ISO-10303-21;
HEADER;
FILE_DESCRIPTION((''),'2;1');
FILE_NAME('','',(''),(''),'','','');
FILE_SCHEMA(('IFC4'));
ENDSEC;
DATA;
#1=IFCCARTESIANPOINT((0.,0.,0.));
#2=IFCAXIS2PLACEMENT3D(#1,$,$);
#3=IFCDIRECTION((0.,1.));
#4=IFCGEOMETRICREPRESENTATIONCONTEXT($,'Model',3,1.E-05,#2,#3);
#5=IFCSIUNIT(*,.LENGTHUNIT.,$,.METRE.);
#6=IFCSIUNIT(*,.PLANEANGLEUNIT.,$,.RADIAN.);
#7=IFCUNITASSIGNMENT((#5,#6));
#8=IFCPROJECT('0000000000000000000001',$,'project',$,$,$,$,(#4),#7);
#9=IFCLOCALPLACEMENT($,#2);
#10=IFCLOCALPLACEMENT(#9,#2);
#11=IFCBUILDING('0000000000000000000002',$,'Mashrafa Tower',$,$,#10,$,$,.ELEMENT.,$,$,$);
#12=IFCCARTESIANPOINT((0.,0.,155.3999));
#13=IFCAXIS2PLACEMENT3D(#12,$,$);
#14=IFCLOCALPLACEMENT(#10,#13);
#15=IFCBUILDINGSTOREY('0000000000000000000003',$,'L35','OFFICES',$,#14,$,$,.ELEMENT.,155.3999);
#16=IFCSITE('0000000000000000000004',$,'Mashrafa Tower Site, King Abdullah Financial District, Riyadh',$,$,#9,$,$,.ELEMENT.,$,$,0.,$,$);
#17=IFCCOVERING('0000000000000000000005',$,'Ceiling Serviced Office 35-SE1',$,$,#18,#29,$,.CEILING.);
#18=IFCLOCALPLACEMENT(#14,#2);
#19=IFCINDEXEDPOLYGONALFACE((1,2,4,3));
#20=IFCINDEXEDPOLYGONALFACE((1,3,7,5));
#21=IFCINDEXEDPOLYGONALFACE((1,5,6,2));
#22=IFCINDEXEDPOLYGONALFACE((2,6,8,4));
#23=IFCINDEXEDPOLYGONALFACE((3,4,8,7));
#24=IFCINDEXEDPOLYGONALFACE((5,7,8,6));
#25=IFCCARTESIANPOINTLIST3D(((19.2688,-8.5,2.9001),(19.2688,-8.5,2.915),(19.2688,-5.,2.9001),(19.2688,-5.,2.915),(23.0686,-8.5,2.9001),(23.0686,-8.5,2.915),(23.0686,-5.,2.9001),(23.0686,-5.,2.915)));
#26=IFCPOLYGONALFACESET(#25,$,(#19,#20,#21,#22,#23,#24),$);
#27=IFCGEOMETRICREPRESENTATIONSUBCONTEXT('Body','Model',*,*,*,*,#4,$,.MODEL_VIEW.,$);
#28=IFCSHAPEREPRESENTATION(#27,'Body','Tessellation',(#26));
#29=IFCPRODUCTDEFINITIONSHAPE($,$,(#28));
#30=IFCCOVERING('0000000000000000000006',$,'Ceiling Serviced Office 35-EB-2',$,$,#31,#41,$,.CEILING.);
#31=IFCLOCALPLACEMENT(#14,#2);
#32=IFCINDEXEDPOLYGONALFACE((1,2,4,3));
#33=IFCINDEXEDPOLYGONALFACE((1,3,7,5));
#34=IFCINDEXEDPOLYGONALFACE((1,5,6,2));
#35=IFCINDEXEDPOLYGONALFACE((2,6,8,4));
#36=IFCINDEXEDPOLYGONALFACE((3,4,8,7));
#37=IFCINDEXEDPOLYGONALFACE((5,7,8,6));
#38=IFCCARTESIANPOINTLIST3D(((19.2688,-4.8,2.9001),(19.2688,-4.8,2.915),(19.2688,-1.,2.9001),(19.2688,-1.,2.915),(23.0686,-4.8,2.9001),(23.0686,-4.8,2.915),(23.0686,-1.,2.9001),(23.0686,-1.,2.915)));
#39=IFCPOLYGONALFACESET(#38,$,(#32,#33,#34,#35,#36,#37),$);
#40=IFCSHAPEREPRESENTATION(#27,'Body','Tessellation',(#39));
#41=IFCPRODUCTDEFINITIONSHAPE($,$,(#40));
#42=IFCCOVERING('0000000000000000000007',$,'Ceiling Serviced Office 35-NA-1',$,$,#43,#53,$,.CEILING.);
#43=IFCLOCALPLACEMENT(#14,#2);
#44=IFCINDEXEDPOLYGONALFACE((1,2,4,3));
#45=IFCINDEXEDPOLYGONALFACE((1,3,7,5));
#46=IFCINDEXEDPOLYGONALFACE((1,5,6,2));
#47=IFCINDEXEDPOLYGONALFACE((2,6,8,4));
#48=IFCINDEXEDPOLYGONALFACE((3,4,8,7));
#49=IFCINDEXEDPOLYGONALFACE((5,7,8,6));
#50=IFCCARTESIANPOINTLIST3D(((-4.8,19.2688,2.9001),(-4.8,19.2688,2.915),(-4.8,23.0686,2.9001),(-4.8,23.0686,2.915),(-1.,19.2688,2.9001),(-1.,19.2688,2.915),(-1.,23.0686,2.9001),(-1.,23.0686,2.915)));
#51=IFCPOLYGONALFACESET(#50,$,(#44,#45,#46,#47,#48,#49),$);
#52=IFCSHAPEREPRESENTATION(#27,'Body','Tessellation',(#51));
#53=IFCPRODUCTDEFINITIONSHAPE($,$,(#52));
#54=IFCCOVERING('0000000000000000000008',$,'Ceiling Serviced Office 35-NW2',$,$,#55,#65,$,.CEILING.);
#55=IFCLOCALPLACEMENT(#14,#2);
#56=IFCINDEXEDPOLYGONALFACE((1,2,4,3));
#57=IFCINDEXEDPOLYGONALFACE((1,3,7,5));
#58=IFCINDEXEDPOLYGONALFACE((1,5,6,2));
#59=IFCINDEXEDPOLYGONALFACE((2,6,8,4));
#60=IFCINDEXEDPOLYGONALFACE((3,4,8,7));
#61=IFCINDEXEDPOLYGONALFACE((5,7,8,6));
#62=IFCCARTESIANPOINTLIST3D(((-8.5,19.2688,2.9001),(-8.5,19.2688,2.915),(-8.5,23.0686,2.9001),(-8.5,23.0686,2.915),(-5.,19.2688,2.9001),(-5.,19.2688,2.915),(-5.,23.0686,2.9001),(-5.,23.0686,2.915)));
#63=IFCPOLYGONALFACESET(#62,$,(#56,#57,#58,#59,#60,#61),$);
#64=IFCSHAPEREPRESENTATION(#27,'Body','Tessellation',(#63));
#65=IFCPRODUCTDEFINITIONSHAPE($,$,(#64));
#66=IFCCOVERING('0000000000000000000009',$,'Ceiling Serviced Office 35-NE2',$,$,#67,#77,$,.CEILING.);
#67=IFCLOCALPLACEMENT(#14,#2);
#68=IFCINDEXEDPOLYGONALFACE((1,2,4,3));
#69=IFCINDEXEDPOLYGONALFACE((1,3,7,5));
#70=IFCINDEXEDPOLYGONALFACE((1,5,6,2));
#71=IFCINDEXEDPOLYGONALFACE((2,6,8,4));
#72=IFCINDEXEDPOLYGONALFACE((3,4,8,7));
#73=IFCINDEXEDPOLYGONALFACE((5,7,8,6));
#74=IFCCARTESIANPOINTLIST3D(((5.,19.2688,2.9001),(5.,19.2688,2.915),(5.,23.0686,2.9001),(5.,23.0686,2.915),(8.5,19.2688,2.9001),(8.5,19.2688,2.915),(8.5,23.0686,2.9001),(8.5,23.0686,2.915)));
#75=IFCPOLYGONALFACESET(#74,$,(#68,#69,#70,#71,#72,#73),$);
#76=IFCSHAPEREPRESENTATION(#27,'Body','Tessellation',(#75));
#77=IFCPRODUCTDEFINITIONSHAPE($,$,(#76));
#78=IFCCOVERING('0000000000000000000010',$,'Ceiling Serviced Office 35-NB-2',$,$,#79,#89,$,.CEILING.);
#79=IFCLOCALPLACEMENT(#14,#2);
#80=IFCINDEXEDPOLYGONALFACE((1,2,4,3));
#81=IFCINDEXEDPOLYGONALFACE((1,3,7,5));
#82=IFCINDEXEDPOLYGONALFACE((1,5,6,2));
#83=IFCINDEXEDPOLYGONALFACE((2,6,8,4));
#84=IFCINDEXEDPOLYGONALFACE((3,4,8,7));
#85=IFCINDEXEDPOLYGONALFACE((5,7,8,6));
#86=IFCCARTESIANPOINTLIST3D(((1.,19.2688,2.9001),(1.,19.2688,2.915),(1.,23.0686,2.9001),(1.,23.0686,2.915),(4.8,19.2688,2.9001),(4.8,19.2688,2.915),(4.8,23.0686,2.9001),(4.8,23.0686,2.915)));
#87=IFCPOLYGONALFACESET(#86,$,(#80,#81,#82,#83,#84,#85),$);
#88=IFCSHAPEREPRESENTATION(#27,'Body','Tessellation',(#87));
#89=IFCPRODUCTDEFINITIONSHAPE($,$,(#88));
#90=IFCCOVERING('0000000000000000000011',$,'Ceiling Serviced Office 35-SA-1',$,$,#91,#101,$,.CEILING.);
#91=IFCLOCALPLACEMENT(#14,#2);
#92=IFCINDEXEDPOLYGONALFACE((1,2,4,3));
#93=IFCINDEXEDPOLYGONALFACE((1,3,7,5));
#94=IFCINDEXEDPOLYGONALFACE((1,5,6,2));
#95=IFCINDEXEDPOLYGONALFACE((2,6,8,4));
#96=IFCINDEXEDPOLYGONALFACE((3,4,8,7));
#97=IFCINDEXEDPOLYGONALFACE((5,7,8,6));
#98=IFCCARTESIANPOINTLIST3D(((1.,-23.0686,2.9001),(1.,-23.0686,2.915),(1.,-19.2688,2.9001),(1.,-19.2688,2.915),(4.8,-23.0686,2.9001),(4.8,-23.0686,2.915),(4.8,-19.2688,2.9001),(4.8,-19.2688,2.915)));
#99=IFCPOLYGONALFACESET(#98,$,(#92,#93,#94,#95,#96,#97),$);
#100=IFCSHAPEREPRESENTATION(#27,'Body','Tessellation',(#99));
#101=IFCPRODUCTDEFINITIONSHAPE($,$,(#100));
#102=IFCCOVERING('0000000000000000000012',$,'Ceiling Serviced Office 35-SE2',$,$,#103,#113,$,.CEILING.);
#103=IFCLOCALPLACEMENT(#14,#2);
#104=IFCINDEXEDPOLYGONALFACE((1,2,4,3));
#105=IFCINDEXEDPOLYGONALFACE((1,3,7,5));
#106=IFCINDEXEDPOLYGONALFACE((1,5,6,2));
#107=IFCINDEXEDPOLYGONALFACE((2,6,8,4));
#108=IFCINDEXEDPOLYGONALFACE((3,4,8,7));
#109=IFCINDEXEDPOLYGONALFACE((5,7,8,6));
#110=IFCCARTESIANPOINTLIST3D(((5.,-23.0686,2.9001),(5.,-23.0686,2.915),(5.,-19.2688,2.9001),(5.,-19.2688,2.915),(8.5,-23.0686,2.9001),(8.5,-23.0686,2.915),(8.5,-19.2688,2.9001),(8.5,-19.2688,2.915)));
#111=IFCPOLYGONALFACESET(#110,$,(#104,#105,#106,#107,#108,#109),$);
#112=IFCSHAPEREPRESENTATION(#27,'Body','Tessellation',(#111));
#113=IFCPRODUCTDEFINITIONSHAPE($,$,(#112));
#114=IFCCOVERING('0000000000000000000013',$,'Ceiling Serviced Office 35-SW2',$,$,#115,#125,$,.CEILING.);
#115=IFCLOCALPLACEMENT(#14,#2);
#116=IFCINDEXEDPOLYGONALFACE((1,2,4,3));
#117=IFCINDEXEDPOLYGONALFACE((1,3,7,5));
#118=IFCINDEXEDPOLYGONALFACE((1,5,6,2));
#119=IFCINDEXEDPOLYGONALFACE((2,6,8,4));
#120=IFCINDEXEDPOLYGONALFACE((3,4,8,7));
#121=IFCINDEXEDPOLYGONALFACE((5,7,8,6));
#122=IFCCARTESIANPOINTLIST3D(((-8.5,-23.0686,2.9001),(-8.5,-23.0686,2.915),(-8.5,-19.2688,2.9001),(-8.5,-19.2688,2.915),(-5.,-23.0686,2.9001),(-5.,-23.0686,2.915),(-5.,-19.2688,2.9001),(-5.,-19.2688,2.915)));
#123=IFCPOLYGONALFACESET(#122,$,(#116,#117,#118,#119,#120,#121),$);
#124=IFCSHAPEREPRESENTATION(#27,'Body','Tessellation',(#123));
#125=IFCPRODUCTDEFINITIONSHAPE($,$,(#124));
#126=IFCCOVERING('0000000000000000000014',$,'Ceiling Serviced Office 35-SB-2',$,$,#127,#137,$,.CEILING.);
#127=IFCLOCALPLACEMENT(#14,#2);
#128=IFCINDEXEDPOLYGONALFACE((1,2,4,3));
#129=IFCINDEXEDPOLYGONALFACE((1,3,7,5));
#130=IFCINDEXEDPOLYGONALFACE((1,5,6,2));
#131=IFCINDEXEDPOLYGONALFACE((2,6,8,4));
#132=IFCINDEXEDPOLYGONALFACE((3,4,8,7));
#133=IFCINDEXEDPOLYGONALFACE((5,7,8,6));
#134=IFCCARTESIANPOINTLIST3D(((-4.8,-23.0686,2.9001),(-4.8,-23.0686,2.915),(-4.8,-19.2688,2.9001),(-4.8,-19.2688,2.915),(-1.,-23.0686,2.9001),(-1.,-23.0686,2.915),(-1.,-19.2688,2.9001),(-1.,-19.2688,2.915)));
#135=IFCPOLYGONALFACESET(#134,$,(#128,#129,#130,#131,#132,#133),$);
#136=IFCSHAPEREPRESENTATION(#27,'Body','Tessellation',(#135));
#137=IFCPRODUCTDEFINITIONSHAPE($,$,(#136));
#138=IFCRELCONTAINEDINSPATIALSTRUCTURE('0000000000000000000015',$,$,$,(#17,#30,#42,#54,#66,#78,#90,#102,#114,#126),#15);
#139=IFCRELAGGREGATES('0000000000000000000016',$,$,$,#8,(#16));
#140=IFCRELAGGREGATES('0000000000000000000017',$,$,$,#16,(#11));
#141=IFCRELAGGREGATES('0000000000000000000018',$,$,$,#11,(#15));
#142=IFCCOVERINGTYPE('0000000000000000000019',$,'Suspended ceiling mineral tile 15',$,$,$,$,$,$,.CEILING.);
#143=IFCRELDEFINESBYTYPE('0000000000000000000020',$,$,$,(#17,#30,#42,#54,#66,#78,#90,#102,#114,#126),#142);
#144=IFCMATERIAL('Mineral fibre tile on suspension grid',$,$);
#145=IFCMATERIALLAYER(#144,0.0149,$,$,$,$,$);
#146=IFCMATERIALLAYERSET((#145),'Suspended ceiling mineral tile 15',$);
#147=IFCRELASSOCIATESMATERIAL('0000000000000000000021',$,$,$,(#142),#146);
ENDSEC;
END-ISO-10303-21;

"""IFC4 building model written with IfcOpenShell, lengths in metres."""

from ifc_helpers import new_model, si_unit, direction, frame, origin, place, context, subcontext, project, spatial, polyline, outline, extrude, material, layer, layer_set, type_object, element, save


model = new_model("IFC4")

# Units and contexts
model_context = context("Model", 3, precision=1e-05, world=origin(), true_north=direction((0.0, 1.0)))
body_context = subcontext(model_context, "Body", "Model", "MODEL_VIEW")
ifc_project = project(units=[si_unit("LENGTHUNIT", "METRE"), si_unit("PLANEANGLEUNIT", "RADIAN")], contexts=[model_context])

# Site, building, storey
site_placement = place(None, origin())
site = spatial("IfcSite", under=ifc_project, at=site_placement, Name="Mashrafa Tower Site, King Abdullah Financial District, Riyadh", CompositionType="ELEMENT", RefElevation=0.0)
building_placement = place(site_placement, origin())
building = spatial("IfcBuilding", under=site, at=building_placement, Name="Mashrafa Tower", CompositionType="ELEMENT")
storey_placement = place(building_placement, frame((0.0, 0.0, 155.3999)))
storey = spatial("IfcBuildingStorey", under=building, at=storey_placement, Name="L35", Description="OFFICES", CompositionType="ELEMENT", Elevation=155.3999)

# Coverings
ifc_material_1 = material(Name="Mineral fibre tile on suspension grid")
ifc_layer_1 = layer(ifc_material_1, 0.0149)
ifc_layer_set_1 = layer_set([ifc_layer_1], Name="Suspended ceiling mineral tile 15")
covering_type = type_object("IfcCoveringType", Name="Suspended ceiling mineral tile 15", PredefinedType="CEILING", material=ifc_layer_set_1)
covering_1_placement = place(storey_placement, frame((0.0, 0.0, 2.9001)))
element("IfcCovering", 1, at=covering_1_placement, inside=storey, type_object=covering_type, Name="Ceiling Serviced Office 35-SE1", PredefinedType="CEILING", context=body_context, shape_type="SweptSolid", body=[
    extrude(outline(polyline([(19.2688, -5.0), (23.0686, -5.0), (23.0686, -8.5), (19.2688, -8.5), (19.2688, -5.0)])), origin(), (0.0, 0.0, 1.0), 0.0149),
])
covering_2_placement = place(storey_placement, frame((0.0, 0.0, 2.9001)))
element("IfcCovering", 2, at=covering_2_placement, inside=storey, type_object=covering_type, Name="Ceiling Serviced Office 35-EB-2", PredefinedType="CEILING", context=body_context, shape_type="SweptSolid", body=[
    extrude(outline(polyline([(19.2688, -1.0), (23.0686, -1.0), (23.0686, -4.8), (19.2688, -4.8), (19.2688, -1.0)])), origin(), (0.0, 0.0, 1.0), 0.0149),
])
covering_3_placement = place(storey_placement, frame((0.0, 0.0, 2.9001)))
element("IfcCovering", 3, at=covering_3_placement, inside=storey, type_object=covering_type, Name="Ceiling Serviced Office 35-NA-1", PredefinedType="CEILING", context=body_context, shape_type="SweptSolid", body=[
    extrude(outline(polyline([(-4.8, 23.0686), (-1.0, 23.0686), (-1.0, 19.2688), (-4.8, 19.2688), (-4.8, 23.0686)])), origin(), (0.0, 0.0, 1.0), 0.0149),
])
covering_4_placement = place(storey_placement, frame((0.0, 0.0, 2.9001)))
element("IfcCovering", 4, at=covering_4_placement, inside=storey, type_object=covering_type, Name="Ceiling Serviced Office 35-NW2", PredefinedType="CEILING", context=body_context, shape_type="SweptSolid", body=[
    extrude(outline(polyline([(-8.5, 23.0686), (-5.0, 23.0686), (-5.0, 19.2688), (-8.5, 19.2688), (-8.5, 23.0686)])), origin(), (0.0, 0.0, 1.0), 0.0149),
])
covering_5_placement = place(storey_placement, frame((0.0, 0.0, 2.9001)))
element("IfcCovering", 5, at=covering_5_placement, inside=storey, type_object=covering_type, Name="Ceiling Serviced Office 35-NE2", PredefinedType="CEILING", context=body_context, shape_type="SweptSolid", body=[
    extrude(outline(polyline([(5.0, 23.0686), (8.5, 23.0686), (8.5, 19.2688), (5.0, 19.2688), (5.0, 23.0686)])), origin(), (0.0, 0.0, 1.0), 0.0149),
])
covering_6_placement = place(storey_placement, frame((0.0, 0.0, 2.9001)))
element("IfcCovering", 6, at=covering_6_placement, inside=storey, type_object=covering_type, Name="Ceiling Serviced Office 35-NB-2", PredefinedType="CEILING", context=body_context, shape_type="SweptSolid", body=[
    extrude(outline(polyline([(1.0, 23.0686), (4.8, 23.0686), (4.8, 19.2688), (1.0, 19.2688), (1.0, 23.0686)])), origin(), (0.0, 0.0, 1.0), 0.0149),
])
covering_7_placement = place(storey_placement, frame((0.0, 0.0, 2.9001)))
element("IfcCovering", 7, at=covering_7_placement, inside=storey, type_object=covering_type, Name="Ceiling Serviced Office 35-SA-1", PredefinedType="CEILING", context=body_context, shape_type="SweptSolid", body=[
    extrude(outline(polyline([(1.0, -19.2688), (4.8, -19.2688), (4.8, -23.0686), (1.0, -23.0686), (1.0, -19.2688)])), origin(), (0.0, 0.0, 1.0), 0.0149),
])
covering_8_placement = place(storey_placement, frame((0.0, 0.0, 2.9001)))
element("IfcCovering", 8, at=covering_8_placement, inside=storey, type_object=covering_type, Name="Ceiling Serviced Office 35-SE2", PredefinedType="CEILING", context=body_context, shape_type="SweptSolid", body=[
    extrude(outline(polyline([(5.0, -19.2688), (8.5, -19.2688), (8.5, -23.0686), (5.0, -23.0686), (5.0, -19.2688)])), origin(), (0.0, 0.0, 1.0), 0.0149),
])
covering_9_placement = place(storey_placement, frame((0.0, 0.0, 2.9001)))
element("IfcCovering", 9, at=covering_9_placement, inside=storey, type_object=covering_type, Name="Ceiling Serviced Office 35-SW2", PredefinedType="CEILING", context=body_context, shape_type="SweptSolid", body=[
    extrude(outline(polyline([(-8.5, -19.2688), (-5.0, -19.2688), (-5.0, -23.0686), (-8.5, -23.0686), (-8.5, -19.2688)])), origin(), (0.0, 0.0, 1.0), 0.0149),
])
covering_10_placement = place(storey_placement, frame((0.0, 0.0, 2.9001)))
element("IfcCovering", 10, at=covering_10_placement, inside=storey, type_object=covering_type, Name="Ceiling Serviced Office 35-SB-2", PredefinedType="CEILING", context=body_context, shape_type="SweptSolid", body=[
    extrude(outline(polyline([(-4.8, -19.2688), (-1.0, -19.2688), (-1.0, -23.0686), (-4.8, -23.0686), (-4.8, -19.2688)])), origin(), (0.0, 0.0, 1.0), 0.0149),
])

save(model, "model.ifc")
